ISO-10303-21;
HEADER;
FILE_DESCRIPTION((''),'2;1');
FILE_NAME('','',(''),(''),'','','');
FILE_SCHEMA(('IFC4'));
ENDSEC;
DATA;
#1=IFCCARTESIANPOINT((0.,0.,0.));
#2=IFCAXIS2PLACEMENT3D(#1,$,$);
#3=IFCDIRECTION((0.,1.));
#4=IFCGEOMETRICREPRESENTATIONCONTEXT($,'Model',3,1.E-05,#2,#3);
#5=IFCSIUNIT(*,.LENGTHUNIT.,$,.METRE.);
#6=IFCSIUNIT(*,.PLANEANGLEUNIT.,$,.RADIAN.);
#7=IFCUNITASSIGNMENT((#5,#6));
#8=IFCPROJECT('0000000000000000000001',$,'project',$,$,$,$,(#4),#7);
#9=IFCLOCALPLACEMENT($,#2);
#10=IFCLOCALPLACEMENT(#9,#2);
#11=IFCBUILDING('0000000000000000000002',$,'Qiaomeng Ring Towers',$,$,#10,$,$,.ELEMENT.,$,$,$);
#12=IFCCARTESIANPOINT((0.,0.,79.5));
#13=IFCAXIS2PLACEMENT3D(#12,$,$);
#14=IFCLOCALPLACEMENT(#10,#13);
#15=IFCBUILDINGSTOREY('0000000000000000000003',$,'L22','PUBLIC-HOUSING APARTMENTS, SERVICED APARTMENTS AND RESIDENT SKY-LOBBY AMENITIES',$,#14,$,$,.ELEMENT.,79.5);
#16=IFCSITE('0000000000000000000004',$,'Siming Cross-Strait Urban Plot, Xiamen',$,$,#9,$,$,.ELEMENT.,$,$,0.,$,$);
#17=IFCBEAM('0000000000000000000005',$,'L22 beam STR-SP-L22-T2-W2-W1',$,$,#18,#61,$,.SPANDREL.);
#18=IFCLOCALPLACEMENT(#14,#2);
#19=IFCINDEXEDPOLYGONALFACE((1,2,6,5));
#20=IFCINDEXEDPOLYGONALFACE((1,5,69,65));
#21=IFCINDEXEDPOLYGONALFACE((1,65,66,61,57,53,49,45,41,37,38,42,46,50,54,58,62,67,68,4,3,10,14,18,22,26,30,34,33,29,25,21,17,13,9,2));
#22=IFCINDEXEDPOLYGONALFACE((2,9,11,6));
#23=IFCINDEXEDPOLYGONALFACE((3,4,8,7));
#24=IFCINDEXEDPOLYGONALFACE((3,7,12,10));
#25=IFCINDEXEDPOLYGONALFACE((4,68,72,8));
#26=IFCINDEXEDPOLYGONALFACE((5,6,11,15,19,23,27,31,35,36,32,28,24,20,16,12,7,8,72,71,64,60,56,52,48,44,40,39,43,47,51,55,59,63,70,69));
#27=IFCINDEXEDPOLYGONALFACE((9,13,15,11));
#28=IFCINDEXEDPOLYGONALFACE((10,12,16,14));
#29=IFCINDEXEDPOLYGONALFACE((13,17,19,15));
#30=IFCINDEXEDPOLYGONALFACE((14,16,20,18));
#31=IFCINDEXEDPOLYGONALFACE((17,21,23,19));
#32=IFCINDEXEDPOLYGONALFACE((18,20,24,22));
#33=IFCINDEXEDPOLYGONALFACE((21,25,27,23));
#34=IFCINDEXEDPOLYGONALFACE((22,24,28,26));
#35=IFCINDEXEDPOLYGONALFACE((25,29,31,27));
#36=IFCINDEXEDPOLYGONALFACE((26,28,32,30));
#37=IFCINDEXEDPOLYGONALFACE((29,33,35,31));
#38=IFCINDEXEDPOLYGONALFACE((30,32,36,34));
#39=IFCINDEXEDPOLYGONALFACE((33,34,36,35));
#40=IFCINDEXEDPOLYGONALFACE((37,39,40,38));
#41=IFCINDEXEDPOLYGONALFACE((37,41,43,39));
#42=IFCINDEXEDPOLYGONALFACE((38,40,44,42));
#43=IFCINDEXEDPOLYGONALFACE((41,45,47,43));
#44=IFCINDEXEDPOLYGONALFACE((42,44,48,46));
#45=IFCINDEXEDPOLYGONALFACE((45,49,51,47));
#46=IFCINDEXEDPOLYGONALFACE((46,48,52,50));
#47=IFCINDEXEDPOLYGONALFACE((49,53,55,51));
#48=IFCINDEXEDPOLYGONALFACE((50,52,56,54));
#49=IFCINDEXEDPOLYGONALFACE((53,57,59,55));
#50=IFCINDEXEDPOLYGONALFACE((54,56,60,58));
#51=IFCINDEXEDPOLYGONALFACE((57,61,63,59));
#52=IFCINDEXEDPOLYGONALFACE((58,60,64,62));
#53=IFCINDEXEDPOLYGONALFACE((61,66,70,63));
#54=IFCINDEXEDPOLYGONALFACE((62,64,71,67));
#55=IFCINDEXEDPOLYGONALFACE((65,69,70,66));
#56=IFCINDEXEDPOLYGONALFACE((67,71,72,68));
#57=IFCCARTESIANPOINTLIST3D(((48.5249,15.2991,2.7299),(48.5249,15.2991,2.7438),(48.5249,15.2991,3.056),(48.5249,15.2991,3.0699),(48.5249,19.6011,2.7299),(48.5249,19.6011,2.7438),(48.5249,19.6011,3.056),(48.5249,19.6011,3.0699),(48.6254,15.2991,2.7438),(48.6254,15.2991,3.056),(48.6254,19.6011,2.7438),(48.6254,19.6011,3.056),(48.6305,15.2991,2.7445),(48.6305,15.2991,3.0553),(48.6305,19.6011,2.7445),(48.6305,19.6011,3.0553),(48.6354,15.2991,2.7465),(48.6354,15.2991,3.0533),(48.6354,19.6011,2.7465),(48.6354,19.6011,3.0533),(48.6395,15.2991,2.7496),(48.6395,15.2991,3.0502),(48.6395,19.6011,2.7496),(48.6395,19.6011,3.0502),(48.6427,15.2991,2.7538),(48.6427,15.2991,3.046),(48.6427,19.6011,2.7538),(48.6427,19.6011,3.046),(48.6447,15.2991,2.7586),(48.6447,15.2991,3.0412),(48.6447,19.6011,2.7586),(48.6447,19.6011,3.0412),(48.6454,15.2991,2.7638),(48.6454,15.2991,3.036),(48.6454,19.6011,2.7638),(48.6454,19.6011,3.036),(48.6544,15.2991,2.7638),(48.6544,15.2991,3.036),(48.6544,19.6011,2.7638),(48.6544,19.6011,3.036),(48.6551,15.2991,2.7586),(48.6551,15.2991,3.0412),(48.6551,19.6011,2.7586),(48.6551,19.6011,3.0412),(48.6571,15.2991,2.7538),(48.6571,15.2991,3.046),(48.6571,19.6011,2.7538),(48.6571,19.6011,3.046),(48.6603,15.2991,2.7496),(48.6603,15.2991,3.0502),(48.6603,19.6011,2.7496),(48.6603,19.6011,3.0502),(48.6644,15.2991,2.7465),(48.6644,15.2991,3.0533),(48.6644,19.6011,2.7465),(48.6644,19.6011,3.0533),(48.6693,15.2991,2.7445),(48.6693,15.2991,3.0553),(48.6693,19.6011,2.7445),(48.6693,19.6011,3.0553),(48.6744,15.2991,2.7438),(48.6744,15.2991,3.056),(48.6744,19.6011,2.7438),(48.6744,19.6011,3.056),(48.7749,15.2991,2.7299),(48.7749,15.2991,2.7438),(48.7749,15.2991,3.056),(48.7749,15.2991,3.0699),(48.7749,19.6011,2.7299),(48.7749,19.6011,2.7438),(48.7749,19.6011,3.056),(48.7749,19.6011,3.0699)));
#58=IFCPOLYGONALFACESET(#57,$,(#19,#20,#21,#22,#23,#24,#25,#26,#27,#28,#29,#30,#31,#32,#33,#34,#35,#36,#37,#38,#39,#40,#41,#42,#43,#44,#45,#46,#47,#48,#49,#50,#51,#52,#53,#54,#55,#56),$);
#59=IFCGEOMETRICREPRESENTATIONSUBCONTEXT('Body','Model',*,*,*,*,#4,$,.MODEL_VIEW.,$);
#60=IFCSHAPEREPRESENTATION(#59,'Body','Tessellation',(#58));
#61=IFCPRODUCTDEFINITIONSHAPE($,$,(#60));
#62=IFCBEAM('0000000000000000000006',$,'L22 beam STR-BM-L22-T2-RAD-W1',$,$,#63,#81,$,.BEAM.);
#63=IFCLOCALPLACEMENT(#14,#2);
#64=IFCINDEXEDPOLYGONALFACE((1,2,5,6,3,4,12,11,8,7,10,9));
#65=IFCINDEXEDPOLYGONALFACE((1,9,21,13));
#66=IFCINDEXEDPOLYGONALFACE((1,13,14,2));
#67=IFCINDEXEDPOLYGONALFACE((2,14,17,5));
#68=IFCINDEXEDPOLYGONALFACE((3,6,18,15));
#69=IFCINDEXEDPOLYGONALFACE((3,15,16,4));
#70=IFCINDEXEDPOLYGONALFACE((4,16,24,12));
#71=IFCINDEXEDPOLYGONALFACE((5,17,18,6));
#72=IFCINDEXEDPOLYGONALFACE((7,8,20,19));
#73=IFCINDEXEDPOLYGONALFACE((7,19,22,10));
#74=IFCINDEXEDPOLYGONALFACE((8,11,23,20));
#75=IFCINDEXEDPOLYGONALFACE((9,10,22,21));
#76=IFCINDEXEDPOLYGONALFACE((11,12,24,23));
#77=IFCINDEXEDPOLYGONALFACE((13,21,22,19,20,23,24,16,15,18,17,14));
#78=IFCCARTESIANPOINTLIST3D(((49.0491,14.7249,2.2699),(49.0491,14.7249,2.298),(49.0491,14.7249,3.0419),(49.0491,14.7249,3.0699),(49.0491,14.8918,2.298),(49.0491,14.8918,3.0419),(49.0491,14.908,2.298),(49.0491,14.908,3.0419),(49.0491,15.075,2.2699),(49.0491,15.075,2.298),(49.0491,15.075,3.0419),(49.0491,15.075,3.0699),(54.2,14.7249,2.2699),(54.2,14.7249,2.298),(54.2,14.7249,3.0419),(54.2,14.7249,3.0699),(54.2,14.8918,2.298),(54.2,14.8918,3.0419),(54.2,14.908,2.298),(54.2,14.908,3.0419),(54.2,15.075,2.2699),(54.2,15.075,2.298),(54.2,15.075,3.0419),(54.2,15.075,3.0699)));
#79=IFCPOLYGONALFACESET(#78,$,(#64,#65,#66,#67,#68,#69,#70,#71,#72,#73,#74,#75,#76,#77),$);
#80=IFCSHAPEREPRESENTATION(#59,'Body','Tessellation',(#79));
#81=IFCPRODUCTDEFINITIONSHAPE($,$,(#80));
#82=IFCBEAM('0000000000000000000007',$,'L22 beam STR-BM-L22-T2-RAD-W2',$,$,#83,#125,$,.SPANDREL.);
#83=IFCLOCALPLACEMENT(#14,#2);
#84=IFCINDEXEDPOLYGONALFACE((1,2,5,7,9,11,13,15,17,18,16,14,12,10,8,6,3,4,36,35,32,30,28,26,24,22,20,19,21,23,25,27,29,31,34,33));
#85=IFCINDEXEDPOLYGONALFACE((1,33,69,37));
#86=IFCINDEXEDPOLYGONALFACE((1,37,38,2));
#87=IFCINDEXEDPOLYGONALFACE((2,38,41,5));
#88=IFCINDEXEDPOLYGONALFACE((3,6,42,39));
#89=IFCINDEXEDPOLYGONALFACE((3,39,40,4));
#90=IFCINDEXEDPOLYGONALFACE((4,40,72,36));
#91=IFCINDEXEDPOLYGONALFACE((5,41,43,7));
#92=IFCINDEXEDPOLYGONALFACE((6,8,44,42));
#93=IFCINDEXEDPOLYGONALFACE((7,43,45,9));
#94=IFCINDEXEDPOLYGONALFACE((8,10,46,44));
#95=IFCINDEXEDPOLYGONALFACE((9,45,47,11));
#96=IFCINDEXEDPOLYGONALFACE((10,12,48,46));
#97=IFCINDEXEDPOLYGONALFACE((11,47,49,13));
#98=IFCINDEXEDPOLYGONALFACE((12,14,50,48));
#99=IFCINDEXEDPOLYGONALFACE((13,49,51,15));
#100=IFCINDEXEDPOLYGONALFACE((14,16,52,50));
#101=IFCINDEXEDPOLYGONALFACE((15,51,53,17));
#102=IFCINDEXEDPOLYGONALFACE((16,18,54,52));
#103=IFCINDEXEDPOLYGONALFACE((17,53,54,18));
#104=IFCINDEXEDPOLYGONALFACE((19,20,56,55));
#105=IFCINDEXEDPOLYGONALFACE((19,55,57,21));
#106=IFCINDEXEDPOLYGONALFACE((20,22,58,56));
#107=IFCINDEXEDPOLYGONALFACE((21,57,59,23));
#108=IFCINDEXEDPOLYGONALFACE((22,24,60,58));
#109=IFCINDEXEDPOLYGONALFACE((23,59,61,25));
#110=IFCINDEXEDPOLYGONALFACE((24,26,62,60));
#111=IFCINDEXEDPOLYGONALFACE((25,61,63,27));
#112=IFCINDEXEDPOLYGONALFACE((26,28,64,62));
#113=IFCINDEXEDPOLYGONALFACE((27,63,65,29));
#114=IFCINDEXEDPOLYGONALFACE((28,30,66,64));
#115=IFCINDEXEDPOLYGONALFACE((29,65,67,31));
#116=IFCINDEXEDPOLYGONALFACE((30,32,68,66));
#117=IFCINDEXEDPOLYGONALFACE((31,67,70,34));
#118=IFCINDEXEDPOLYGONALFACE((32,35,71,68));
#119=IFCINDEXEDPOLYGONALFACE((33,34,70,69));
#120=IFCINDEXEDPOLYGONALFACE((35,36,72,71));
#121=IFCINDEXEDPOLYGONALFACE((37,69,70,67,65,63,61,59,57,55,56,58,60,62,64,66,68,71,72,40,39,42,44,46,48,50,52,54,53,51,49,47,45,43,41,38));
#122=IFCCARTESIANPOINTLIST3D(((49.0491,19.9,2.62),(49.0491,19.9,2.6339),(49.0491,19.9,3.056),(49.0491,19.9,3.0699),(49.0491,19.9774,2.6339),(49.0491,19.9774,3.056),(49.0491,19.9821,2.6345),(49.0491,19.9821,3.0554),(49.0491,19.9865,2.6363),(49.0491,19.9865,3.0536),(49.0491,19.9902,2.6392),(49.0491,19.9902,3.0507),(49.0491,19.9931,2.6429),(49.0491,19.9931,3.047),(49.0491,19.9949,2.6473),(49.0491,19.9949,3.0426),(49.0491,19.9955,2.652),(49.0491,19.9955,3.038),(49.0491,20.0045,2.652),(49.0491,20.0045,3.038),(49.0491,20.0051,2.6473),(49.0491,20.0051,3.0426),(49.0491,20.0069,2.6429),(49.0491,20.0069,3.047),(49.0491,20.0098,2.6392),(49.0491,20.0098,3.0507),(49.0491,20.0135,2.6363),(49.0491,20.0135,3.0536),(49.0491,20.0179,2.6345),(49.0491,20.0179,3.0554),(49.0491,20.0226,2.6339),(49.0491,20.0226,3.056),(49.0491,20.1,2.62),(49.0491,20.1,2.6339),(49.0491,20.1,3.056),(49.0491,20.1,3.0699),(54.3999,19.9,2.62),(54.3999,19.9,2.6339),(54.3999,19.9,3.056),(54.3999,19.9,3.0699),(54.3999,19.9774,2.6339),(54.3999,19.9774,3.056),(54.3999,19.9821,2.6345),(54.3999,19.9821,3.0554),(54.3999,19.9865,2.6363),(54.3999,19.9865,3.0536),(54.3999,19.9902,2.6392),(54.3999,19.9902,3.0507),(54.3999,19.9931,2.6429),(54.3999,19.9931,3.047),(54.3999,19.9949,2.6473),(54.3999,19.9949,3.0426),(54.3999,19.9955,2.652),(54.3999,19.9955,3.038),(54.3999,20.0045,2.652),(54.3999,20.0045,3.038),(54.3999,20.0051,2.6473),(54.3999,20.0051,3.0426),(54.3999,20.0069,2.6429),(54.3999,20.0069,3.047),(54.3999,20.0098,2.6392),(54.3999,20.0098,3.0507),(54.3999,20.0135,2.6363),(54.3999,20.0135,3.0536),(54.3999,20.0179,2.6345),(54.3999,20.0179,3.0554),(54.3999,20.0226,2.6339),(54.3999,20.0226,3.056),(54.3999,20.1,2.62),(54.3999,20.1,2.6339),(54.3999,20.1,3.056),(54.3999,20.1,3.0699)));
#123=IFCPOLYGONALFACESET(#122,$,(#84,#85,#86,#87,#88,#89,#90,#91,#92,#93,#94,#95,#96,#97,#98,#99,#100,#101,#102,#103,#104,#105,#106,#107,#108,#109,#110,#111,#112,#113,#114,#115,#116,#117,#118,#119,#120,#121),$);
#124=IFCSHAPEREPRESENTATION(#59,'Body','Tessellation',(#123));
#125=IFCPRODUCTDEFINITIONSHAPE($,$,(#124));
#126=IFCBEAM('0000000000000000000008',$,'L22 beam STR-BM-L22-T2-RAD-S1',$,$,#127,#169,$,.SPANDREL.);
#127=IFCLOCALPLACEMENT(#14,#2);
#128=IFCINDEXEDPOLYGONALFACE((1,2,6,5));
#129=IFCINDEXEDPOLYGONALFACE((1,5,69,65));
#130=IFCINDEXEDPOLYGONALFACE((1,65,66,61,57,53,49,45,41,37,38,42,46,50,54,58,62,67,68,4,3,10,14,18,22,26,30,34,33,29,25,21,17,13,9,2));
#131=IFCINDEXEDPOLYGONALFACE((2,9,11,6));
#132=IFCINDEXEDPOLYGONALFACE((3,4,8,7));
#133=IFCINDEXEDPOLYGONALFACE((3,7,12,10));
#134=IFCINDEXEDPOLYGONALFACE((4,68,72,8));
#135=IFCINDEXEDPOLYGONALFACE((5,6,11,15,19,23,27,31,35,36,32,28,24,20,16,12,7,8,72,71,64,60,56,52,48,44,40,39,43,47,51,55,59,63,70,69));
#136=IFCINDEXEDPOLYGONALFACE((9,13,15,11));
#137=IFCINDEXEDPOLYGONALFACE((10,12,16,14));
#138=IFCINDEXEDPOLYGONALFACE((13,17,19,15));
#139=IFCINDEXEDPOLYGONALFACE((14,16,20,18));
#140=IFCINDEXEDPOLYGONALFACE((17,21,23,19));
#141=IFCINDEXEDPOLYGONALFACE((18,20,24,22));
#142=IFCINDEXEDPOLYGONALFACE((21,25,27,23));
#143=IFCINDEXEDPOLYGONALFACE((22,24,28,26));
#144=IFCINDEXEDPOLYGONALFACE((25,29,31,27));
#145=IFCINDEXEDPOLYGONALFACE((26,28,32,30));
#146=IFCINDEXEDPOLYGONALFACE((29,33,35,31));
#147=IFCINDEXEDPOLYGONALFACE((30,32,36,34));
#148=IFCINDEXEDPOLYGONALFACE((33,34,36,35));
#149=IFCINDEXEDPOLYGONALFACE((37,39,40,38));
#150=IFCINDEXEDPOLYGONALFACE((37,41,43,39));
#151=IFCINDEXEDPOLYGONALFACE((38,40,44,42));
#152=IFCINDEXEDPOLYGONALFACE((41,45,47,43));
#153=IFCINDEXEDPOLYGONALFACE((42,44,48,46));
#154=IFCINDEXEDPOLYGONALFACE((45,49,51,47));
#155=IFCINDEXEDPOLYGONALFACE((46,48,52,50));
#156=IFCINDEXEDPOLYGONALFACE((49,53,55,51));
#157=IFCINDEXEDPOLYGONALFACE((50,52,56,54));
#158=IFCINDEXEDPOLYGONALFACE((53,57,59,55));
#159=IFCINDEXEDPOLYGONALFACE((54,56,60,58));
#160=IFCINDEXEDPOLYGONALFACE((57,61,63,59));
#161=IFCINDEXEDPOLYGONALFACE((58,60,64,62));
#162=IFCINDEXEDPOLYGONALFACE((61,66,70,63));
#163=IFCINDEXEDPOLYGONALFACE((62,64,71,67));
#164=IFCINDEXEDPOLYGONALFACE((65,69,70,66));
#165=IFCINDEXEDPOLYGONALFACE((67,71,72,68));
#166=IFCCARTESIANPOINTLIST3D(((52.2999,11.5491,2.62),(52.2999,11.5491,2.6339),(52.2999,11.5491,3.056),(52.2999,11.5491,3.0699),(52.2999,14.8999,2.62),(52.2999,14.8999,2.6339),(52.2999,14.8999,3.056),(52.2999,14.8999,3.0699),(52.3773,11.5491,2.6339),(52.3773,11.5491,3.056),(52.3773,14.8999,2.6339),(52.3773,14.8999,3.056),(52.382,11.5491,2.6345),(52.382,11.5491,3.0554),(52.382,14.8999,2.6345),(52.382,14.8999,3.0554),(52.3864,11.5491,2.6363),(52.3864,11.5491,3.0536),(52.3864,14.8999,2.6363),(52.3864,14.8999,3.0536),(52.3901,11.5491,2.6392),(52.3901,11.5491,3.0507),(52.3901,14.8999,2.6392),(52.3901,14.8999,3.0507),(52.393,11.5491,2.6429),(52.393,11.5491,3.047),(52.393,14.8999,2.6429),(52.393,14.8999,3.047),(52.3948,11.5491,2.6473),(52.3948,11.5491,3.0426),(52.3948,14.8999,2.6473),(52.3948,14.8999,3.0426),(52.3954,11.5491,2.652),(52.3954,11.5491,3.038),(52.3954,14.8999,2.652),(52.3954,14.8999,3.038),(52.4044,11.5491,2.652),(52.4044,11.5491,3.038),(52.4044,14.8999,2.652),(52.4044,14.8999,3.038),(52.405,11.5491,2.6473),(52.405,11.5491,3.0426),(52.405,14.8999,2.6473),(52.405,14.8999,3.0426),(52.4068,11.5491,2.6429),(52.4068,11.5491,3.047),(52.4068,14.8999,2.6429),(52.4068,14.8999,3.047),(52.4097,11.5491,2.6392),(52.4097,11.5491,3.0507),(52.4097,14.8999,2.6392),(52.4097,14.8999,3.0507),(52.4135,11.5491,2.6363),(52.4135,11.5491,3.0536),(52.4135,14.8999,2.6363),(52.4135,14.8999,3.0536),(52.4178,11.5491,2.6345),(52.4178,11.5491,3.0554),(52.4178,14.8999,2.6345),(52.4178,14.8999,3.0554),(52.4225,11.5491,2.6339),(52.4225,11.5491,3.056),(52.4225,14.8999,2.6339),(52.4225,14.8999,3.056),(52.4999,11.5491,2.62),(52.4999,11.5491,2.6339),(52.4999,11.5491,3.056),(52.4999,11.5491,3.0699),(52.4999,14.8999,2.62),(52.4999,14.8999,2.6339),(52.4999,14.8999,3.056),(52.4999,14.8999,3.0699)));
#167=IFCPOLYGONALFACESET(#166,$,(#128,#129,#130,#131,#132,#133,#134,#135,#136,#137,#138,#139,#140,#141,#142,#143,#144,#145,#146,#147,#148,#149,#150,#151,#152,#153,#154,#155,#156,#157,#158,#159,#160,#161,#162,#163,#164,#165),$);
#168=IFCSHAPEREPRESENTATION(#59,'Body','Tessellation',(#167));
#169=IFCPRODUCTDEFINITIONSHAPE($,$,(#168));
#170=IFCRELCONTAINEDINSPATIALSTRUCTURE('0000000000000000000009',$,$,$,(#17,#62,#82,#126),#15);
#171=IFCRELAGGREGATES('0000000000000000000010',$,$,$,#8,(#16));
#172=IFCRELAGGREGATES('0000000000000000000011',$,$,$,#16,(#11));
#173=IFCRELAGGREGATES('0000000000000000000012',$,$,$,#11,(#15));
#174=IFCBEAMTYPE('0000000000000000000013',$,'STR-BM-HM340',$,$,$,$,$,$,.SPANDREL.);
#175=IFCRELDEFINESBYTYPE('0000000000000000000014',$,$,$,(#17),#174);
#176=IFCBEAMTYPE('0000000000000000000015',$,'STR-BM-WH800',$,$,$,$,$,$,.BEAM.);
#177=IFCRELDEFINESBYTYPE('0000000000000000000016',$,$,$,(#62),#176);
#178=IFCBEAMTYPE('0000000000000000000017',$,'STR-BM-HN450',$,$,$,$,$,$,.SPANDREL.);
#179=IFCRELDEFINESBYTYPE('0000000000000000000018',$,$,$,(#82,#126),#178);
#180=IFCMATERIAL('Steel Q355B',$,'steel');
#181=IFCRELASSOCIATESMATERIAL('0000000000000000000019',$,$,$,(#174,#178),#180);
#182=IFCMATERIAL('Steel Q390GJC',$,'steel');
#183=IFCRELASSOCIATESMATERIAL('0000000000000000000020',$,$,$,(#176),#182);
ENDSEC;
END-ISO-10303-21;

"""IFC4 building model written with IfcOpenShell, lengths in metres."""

from ifc_helpers import new_model, si_unit, direction, frame, origin, origin_2d, place, context, subcontext, project, spatial, i_section, extrude, source, transform, mapped, material, material_profile, profile_set, type_object, element, save


model = new_model("IFC4")

# Units and contexts
model_context = context("Model", 3, precision=1e-05, world=origin(), true_north=direction((0.0, 1.0)))
body_context = subcontext(model_context, "Body", "Model", "MODEL_VIEW")
ifc_project = project(units=[si_unit("LENGTHUNIT", "METRE"), si_unit("PLANEANGLEUNIT", "RADIAN")], contexts=[model_context])

# Site, building, storey
site_placement = place(None, origin())
site = spatial("IfcSite", under=ifc_project, at=site_placement, Name="Siming Cross-Strait Urban Plot, Xiamen", CompositionType="ELEMENT", RefElevation=0.0)
building_placement = place(site_placement, origin())
building = spatial("IfcBuilding", under=site, at=building_placement, Name="Qiaomeng Ring Towers", CompositionType="ELEMENT")
storey_placement = place(building_placement, frame((0.0, 0.0, 79.5)))
storey = spatial("IfcBuildingStorey", under=building, at=storey_placement, Name="L22", Description="PUBLIC-HOUSING APARTMENTS, SERVICED APARTMENTS AND RESIDENT SKY-LOBBY AMENITIES", CompositionType="ELEMENT", Elevation=79.5)

# Beams
ifc_material_1 = material(Name="Steel Q355B", Category="steel")
ifc_material_profile_1 = material_profile(ifc_material_1, i_section(OverallWidth=0.25, OverallDepth=0.3401, WebThickness=0.009, FlangeThickness=0.0139, FilletRadius=0.02, at=origin_2d()), Name="HM 340x250x9x14")
ifc_profile_set_1 = profile_set([ifc_material_profile_1], Name="Steel Q355B")
beam_type_1 = type_object("IfcBeamType", Name="STR-BM-HM340", PredefinedType="SPANDREL", material=ifc_profile_set_1)
shared_shape_1 = source(origin(), body_context, "Body", "SweptSolid", [
    extrude(i_section(OverallWidth=0.25, OverallDepth=0.3401, WebThickness=0.009, FlangeThickness=0.0139, FilletRadius=0.02, at=origin_2d()), origin(), (0.0, 0.0, 1.0), 4.302),
])
beam_1_placement = place(storey_placement, frame((48.6499, 19.6011, 2.8999), z_axis=(0.0, -1.0, 0.0), x_axis=(1.0, 0.0, 0.0)))
element("IfcBeam", 1, at=beam_1_placement, inside=storey, type_object=beam_type_1, Name="L22 beam STR-SP-L22-T2-W2-W1", PredefinedType="SPANDREL", context=body_context, shape_type="MappedRepresentation", body=[
    mapped(shared_shape_1, transform((0.0, 0.0, 0.0), x_axis=(1.0, 0.0, 0.0), y_axis=(0.0, 1.0, 0.0), z_axis=(0.0, 0.0, 1.0), scale=1.0)),
])
ifc_material_2 = material(Name="Steel Q390GJC", Category="steel")
ifc_material_profile_2 = material_profile(ifc_material_2, i_section(OverallWidth=0.3501, OverallDepth=0.8, WebThickness=0.0161, FlangeThickness=0.0281, at=origin_2d()), Name="WH 800x350x16x28")
ifc_profile_set_2 = profile_set([ifc_material_profile_2], Name="Steel Q390GJC")
beam_type_2 = type_object("IfcBeamType", Name="STR-BM-WH800", PredefinedType="BEAM", material=ifc_profile_set_2)
shared_shape_2 = source(origin(), body_context, "Body", "SweptSolid", [
    extrude(i_section(OverallWidth=0.3501, OverallDepth=0.8, WebThickness=0.0161, FlangeThickness=0.0281, at=origin_2d()), origin(), (0.0, 0.0, 1.0), 5.1509),
])
beam_2_placement = place(storey_placement, frame((49.0491, 14.8999, 2.6699), z_axis=(1.0, 0.0, 0.0), x_axis=(0.0, 1.0, 0.0)))
element("IfcBeam", 2, at=beam_2_placement, inside=storey, type_object=beam_type_2, Name="L22 beam STR-BM-L22-T2-RAD-W1", PredefinedType="BEAM", context=body_context, shape_type="MappedRepresentation", body=[
    mapped(shared_shape_2, transform((0.0, 0.0, 0.0), x_axis=(1.0, 0.0, 0.0), y_axis=(0.0, 1.0, 0.0), z_axis=(0.0, 0.0, 1.0), scale=1.0)),
])
ifc_material_profile_3 = material_profile(ifc_material_1, i_section(OverallWidth=0.2, OverallDepth=0.45, WebThickness=0.009, FlangeThickness=0.0139, FilletRadius=0.0181, at=origin_2d()), Name="HN 450x200x9x14")
ifc_profile_set_3 = profile_set([ifc_material_profile_3], Name="Steel Q355B")
beam_type_3 = type_object("IfcBeamType", Name="STR-BM-HN450", PredefinedType="SPANDREL", material=ifc_profile_set_3)
shared_shape_3 = source(origin(), body_context, "Body", "SweptSolid", [
    extrude(i_section(OverallWidth=0.2, OverallDepth=0.45, WebThickness=0.009, FlangeThickness=0.0139, FilletRadius=0.0181, at=origin_2d()), origin(), (0.0, 0.0, 1.0), 5.3508),
])
beam_3_placement = place(storey_placement, frame((49.0491, 20.0, 2.845), z_axis=(1.0, 0.0, 0.0), x_axis=(0.0, 1.0, 0.0)))
element("IfcBeam", 3, at=beam_3_placement, inside=storey, type_object=beam_type_3, Name="L22 beam STR-BM-L22-T2-RAD-W2", PredefinedType="SPANDREL", context=body_context, shape_type="MappedRepresentation", body=[
    mapped(shared_shape_3, transform((0.0, 0.0, 0.0), x_axis=(1.0, 0.0, 0.0), y_axis=(0.0, 1.0, 0.0), z_axis=(0.0, 0.0, 1.0), scale=1.0)),
])
shared_shape_4 = source(origin(), body_context, "Body", "SweptSolid", [
    extrude(i_section(OverallWidth=0.2, OverallDepth=0.45, WebThickness=0.009, FlangeThickness=0.0139, FilletRadius=0.0181, at=origin_2d()), origin(), (0.0, 0.0, 1.0), 3.3508),
])
beam_4_placement = place(storey_placement, frame((52.3999, 11.5491, 2.845), z_axis=(0.0, 1.0, 0.0), x_axis=(-1.0, 0.0, 0.0)))
element("IfcBeam", 4, at=beam_4_placement, inside=storey, type_object=beam_type_3, Name="L22 beam STR-BM-L22-T2-RAD-S1", PredefinedType="SPANDREL", context=body_context, shape_type="MappedRepresentation", body=[
    mapped(shared_shape_4, transform((0.0, 0.0, 0.0), x_axis=(1.0, 0.0, 0.0), y_axis=(0.0, 1.0, 0.0), z_axis=(0.0, 0.0, 1.0), scale=1.0)),
])

save(model, "model.ifc")
